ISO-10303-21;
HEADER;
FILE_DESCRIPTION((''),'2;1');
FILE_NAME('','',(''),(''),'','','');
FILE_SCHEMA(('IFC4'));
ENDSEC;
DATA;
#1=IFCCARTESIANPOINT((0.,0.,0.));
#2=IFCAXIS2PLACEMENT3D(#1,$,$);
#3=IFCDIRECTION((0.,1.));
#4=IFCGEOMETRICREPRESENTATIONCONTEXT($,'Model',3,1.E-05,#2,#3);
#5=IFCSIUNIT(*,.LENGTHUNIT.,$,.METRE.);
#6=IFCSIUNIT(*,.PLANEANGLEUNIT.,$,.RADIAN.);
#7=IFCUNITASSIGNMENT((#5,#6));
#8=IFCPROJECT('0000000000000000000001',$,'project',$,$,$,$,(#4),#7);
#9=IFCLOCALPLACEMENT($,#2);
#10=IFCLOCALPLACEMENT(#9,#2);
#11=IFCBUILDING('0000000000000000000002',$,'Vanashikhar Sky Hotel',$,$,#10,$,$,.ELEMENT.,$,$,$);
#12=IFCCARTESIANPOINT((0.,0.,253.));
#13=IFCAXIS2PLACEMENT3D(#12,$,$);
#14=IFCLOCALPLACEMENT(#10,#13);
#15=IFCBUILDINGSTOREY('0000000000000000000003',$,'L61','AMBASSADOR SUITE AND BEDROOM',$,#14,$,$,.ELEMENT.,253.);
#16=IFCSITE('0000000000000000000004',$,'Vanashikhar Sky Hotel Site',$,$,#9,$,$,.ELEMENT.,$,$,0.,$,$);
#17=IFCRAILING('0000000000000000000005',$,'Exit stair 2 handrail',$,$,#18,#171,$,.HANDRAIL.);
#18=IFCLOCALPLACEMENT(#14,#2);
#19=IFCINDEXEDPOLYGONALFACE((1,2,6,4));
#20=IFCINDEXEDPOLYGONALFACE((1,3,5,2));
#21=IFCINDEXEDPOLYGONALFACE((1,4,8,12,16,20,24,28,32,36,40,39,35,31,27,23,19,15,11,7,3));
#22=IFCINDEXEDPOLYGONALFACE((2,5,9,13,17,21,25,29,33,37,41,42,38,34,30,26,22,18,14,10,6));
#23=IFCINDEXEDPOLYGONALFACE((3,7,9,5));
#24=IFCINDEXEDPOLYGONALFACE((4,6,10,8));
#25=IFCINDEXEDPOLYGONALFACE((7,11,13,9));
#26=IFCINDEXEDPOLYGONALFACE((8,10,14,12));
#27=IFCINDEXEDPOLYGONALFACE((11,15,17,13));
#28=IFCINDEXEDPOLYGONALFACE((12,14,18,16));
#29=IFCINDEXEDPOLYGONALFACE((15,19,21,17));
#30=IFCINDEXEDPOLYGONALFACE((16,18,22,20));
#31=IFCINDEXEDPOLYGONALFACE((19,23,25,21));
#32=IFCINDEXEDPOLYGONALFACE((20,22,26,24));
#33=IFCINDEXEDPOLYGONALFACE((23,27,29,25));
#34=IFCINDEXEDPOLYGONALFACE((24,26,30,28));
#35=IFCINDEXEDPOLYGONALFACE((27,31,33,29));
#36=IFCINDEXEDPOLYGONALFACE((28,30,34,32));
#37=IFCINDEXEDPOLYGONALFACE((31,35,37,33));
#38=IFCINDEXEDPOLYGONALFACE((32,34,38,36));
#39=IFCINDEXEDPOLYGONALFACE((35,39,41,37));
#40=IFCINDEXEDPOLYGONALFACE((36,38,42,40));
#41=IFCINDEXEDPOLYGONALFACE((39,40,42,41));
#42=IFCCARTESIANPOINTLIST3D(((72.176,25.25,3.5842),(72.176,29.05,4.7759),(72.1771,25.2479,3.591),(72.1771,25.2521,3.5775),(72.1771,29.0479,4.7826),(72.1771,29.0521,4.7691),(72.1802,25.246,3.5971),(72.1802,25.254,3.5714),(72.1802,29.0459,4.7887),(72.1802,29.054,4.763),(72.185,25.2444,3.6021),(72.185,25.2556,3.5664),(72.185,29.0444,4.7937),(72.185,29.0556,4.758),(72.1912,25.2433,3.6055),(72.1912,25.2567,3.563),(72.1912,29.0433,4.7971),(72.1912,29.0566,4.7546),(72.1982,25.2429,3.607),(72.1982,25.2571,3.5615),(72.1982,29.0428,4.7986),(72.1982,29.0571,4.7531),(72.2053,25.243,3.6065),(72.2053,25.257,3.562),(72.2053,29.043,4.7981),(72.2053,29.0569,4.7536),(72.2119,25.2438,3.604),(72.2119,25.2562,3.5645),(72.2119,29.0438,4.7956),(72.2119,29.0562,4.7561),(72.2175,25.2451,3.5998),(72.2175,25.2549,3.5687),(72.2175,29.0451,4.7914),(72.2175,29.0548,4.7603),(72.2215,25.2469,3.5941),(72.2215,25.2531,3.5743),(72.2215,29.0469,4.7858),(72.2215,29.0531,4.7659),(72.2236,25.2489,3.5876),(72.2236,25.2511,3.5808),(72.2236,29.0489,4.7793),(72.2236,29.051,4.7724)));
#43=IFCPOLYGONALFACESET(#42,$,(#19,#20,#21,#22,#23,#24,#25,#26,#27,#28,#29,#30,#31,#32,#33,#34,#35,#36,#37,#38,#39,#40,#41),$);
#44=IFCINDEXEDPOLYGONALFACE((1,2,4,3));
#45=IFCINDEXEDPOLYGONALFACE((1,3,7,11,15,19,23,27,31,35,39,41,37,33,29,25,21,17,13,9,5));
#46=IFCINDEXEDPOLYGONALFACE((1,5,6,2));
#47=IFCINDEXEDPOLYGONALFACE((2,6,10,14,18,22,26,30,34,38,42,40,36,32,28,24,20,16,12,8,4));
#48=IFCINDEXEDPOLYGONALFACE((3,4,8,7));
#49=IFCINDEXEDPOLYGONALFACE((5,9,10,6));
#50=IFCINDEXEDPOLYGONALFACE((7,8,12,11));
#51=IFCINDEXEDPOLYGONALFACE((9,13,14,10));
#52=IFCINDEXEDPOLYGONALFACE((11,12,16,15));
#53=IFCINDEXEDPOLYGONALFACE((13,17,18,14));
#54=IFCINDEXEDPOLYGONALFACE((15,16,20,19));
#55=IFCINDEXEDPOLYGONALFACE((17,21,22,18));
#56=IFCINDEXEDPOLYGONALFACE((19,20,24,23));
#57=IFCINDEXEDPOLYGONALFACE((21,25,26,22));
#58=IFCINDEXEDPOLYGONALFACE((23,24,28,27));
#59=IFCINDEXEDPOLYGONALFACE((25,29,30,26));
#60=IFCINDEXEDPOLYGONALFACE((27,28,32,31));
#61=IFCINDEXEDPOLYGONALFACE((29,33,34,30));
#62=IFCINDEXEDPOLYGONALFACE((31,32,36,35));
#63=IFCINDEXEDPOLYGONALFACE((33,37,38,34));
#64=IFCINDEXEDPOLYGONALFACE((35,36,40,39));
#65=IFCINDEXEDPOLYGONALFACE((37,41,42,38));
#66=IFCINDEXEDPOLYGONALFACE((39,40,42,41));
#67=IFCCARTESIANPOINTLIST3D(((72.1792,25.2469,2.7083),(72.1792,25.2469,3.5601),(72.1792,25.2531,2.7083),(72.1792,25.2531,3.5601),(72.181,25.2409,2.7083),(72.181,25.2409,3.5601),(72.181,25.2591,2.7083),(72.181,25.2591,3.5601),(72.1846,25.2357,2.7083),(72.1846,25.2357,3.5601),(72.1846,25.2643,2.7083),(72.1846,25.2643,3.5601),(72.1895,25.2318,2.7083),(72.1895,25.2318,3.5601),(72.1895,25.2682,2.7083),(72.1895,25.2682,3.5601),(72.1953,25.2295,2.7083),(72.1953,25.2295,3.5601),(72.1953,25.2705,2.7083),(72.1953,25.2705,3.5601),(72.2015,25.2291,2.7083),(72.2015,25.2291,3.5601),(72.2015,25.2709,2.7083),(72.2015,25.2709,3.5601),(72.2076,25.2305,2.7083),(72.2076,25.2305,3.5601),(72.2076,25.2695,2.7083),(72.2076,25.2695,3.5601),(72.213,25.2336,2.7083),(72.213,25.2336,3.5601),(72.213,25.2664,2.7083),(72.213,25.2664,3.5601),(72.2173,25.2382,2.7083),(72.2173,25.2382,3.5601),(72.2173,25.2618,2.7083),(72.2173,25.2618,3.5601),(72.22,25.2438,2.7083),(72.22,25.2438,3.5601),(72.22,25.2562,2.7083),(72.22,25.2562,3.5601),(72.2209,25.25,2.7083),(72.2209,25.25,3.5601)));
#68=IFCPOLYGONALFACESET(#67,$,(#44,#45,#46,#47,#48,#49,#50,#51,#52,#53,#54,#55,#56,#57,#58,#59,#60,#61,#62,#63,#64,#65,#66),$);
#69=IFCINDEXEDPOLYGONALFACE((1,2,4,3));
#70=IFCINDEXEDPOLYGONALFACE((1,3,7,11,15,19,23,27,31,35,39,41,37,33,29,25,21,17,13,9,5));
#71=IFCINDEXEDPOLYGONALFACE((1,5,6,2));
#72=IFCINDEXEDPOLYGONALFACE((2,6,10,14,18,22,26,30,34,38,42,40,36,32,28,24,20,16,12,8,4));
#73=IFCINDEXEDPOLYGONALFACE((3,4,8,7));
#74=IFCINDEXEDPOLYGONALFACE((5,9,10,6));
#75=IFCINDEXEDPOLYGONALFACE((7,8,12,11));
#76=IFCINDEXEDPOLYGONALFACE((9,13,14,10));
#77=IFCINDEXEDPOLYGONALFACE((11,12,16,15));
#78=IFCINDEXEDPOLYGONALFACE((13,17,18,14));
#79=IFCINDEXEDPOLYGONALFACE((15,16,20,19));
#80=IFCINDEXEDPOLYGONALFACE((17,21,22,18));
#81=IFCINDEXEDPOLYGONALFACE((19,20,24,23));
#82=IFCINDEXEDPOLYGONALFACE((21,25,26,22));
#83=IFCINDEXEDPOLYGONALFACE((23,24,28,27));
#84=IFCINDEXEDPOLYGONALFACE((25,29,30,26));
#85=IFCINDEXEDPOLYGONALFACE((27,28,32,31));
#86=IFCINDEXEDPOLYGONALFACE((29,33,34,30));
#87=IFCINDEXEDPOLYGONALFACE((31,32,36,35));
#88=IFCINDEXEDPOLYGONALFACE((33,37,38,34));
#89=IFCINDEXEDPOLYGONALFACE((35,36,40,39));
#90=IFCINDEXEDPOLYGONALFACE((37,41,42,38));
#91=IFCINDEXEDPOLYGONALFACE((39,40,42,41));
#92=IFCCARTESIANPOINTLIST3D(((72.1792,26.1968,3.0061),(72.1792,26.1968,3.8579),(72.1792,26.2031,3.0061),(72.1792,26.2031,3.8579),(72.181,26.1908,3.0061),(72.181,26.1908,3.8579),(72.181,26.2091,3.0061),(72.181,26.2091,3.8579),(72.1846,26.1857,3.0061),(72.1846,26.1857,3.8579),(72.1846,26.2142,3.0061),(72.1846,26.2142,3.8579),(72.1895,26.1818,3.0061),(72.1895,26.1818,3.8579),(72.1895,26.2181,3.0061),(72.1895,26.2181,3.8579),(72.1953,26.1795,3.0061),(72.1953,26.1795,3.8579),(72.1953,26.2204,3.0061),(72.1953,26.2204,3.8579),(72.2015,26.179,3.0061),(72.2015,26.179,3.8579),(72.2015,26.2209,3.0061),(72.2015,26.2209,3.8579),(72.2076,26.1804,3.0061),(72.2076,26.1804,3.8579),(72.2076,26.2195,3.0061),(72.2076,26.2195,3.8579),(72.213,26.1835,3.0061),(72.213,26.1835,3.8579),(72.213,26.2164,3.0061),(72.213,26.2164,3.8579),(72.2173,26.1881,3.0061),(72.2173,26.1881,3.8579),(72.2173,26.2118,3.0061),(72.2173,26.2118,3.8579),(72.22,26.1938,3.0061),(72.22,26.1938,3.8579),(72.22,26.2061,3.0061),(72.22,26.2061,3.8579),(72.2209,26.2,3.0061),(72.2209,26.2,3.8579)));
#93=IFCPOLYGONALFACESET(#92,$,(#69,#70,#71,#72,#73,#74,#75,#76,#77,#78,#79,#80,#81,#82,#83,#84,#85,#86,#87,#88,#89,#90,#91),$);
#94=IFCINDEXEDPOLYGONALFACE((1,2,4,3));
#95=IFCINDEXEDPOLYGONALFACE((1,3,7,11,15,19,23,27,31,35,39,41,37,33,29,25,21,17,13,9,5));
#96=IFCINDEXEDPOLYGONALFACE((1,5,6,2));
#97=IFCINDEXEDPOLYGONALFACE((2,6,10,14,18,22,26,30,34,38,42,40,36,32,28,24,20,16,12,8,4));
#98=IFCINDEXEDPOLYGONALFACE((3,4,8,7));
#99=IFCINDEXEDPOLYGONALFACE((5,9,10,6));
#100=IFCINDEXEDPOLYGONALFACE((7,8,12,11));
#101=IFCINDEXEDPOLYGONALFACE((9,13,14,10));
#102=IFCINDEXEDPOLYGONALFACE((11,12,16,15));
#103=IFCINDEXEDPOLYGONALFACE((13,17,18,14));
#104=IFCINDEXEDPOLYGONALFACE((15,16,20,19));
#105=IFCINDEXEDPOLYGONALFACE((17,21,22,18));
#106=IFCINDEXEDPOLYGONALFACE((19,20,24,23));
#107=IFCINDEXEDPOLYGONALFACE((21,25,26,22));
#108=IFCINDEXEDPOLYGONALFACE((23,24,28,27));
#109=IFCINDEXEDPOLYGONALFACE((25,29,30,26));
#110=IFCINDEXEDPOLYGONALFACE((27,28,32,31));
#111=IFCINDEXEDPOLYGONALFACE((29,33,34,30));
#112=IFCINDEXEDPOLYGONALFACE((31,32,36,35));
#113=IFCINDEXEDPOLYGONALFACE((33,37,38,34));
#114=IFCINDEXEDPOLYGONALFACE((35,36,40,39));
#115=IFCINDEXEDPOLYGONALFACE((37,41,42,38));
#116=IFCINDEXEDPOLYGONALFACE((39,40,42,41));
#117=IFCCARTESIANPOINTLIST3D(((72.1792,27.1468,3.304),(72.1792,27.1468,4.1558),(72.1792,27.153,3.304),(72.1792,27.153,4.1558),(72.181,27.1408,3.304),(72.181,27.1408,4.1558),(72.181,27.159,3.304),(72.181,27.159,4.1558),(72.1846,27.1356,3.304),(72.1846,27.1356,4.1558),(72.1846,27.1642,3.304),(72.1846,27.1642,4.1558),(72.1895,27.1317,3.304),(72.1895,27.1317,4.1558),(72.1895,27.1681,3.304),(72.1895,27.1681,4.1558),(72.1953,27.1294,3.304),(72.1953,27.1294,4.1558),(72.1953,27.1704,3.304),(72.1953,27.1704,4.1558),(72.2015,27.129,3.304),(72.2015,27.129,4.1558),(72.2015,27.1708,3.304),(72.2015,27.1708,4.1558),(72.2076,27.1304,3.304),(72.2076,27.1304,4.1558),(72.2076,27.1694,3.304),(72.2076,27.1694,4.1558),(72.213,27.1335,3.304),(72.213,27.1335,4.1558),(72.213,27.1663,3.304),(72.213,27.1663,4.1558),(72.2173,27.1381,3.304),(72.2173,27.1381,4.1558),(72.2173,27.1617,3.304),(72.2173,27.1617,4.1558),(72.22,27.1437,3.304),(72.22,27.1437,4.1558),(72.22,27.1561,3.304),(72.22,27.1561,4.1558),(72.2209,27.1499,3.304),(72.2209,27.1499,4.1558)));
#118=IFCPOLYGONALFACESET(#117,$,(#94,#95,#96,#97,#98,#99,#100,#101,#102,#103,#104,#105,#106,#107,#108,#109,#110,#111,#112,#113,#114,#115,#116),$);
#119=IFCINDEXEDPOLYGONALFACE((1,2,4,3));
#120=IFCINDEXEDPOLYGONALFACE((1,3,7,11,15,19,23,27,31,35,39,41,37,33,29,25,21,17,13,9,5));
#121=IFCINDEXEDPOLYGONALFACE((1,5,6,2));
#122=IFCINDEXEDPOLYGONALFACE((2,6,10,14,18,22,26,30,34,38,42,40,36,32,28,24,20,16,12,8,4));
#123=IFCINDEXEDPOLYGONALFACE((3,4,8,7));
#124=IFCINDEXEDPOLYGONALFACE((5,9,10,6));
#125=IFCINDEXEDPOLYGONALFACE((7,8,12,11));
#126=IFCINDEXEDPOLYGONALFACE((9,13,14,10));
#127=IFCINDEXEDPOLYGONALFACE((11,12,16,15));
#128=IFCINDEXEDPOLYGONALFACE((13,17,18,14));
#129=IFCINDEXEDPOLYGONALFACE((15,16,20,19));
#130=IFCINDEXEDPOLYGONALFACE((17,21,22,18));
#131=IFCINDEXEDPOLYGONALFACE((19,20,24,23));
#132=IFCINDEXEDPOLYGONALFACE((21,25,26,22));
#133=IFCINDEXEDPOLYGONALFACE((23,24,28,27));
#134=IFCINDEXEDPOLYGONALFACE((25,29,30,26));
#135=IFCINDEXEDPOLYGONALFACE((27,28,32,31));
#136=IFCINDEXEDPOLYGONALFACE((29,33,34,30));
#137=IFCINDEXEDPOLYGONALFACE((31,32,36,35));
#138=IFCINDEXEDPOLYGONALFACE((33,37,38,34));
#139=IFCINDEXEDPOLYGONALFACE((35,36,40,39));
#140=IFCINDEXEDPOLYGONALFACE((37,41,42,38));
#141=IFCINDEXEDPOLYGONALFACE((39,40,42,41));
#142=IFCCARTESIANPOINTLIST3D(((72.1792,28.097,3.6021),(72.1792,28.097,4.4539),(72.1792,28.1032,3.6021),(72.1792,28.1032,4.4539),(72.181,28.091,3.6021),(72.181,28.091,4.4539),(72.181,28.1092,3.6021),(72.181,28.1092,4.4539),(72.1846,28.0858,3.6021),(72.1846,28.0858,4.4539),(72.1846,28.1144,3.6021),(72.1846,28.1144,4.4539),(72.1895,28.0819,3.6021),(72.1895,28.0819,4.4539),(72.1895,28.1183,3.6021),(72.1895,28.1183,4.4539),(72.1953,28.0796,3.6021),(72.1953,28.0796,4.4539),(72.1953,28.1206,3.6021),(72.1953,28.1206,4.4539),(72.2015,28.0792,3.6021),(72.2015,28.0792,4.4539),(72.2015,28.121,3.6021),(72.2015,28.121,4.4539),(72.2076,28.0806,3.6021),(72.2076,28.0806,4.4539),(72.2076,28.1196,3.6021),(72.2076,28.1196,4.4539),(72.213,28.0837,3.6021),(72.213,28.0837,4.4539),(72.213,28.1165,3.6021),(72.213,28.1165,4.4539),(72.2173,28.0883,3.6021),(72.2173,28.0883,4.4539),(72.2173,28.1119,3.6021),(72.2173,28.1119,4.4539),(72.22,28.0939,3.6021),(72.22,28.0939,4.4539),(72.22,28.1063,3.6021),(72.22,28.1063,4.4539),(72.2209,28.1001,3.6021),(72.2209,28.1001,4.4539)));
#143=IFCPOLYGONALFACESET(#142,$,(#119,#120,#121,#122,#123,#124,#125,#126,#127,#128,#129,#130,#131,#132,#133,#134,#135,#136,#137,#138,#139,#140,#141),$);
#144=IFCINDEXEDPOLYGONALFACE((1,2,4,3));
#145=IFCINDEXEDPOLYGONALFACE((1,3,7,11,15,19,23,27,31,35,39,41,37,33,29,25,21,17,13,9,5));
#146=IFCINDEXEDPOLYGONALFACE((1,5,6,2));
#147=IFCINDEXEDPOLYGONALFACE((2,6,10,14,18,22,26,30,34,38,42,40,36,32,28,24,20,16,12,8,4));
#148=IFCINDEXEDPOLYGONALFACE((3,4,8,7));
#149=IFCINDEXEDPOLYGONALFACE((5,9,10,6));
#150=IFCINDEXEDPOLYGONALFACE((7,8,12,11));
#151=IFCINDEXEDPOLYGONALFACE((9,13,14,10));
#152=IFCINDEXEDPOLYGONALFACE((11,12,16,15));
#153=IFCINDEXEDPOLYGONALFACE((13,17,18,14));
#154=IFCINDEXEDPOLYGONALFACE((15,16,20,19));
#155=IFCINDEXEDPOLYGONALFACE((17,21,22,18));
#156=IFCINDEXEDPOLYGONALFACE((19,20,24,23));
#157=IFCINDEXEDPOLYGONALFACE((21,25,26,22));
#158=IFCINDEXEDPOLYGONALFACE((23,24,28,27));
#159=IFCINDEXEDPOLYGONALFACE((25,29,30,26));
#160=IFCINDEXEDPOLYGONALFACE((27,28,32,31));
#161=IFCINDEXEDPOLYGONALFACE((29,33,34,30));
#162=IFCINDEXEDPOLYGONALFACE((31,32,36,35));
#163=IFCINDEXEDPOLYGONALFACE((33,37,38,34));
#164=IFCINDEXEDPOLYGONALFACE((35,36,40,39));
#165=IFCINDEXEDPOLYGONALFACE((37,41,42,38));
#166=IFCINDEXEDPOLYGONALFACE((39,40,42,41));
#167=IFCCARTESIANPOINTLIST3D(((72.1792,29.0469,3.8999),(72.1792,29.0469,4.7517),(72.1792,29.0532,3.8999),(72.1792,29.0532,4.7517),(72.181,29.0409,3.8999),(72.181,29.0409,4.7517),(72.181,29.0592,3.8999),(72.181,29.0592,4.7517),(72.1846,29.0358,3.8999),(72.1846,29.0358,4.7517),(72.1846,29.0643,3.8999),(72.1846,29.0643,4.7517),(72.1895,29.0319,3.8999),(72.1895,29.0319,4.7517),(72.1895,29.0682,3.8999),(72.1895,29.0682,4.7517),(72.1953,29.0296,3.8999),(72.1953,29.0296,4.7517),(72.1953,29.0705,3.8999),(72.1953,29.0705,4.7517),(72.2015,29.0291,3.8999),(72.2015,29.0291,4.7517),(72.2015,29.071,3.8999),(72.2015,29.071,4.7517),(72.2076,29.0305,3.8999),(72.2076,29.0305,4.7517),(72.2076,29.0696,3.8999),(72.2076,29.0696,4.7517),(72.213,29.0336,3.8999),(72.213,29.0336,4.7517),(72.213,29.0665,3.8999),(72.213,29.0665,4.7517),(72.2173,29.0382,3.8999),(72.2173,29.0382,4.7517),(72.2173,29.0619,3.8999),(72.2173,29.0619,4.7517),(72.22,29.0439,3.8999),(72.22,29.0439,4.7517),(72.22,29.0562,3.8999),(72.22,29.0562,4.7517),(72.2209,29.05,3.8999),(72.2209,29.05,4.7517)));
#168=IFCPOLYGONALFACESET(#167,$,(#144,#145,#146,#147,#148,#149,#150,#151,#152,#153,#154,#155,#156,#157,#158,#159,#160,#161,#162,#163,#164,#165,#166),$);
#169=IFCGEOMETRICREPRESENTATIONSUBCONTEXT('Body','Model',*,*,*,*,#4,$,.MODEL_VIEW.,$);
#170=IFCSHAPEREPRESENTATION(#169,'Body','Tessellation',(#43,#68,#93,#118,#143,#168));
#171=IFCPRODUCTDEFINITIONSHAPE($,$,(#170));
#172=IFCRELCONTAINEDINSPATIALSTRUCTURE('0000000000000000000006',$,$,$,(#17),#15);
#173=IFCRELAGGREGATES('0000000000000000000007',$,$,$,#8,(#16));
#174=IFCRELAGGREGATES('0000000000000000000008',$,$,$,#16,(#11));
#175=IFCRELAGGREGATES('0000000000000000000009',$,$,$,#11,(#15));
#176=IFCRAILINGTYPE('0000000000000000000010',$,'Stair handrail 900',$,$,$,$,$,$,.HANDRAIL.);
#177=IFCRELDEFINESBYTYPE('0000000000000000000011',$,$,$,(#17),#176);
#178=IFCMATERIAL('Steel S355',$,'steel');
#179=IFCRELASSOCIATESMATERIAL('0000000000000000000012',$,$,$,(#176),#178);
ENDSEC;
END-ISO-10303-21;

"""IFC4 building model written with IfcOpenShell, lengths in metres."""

from ifc_helpers import new_model, si_unit, direction, frame, origin, origin_2d, place, context, subcontext, project, spatial, circle, extrude, source, transform, mapped, material, type_object, element, save


model = new_model("IFC4")

# Units and contexts
model_context = context("Model", 3, precision=1e-05, world=origin(), true_north=direction((0.0, 1.0)))
body_context = subcontext(model_context, "Body", "Model", "MODEL_VIEW")
ifc_project = project(units=[si_unit("LENGTHUNIT", "METRE"), si_unit("PLANEANGLEUNIT", "RADIAN")], contexts=[model_context])

# Site, building, storey
site_placement = place(None, origin())
site = spatial("IfcSite", under=ifc_project, at=site_placement, Name="Vanashikhar Sky Hotel Site", CompositionType="ELEMENT", RefElevation=0.0)
building_placement = place(site_placement, origin())
building = spatial("IfcBuilding", under=site, at=building_placement, Name="Vanashikhar Sky Hotel", CompositionType="ELEMENT")
storey_placement = place(building_placement, frame((0.0, 0.0, 253.0)))
storey = spatial("IfcBuildingStorey", under=building, at=storey_placement, Name="L61", Description="AMBASSADOR SUITE AND BEDROOM", CompositionType="ELEMENT", Elevation=253.0)

# Railing
ifc_material_1 = material(Name="Steel S355", Category="steel")
railing_type_1 = type_object("IfcRailingType", Name="Stair handrail 900", PredefinedType="HANDRAIL", material=ifc_material_1)
shared_shape_1 = source(origin(), body_context, "Body", "SweptSolid", [
    extrude(circle(Radius=0.0239, at=origin_2d()), frame((0.0, 0.0, 0.876), z_axis=(0.0, 0.954184, 0.299221), x_axis=(-1.0, 0.0, 0.0)), (0.0, 0.0, 1.0), 3.9824),
    extrude(circle(Radius=0.021, at=origin_2d()), origin(), (0.0, 0.0, 1.0), 0.8518),
    extrude(circle(Radius=0.021, at=origin_2d()), frame((0.0, 0.95, 0.2979)), (0.0, 0.0, 1.0), 0.8518),
    extrude(circle(Radius=0.021, at=origin_2d()), frame((0.0, 1.8999, 0.5957)), (0.0, 0.0, 1.0), 0.8518),
    extrude(circle(Radius=0.021, at=origin_2d()), frame((0.0, 2.8501, 0.8938)), (0.0, 0.0, 1.0), 0.8518),
    extrude(circle(Radius=0.021, at=origin_2d()), frame((0.0, 3.8, 1.1917)), (0.0, 0.0, 1.0), 0.8518),
])
for number, where, name in (
    (1, (72.2, 25.25, 2.7083), "Exit stair 2 handrail"),
):
    element("IfcRailing", number, at=place(storey_placement, frame(where)), inside=storey, type_object=railing_type_1, Name=name, PredefinedType="HANDRAIL", context=body_context, shape_type="MappedRepresentation", body=[
        mapped(shared_shape_1, transform((0.0, 0.0, 0.0), scale=1.0)),
    ])

save(model, "model.ifc")
